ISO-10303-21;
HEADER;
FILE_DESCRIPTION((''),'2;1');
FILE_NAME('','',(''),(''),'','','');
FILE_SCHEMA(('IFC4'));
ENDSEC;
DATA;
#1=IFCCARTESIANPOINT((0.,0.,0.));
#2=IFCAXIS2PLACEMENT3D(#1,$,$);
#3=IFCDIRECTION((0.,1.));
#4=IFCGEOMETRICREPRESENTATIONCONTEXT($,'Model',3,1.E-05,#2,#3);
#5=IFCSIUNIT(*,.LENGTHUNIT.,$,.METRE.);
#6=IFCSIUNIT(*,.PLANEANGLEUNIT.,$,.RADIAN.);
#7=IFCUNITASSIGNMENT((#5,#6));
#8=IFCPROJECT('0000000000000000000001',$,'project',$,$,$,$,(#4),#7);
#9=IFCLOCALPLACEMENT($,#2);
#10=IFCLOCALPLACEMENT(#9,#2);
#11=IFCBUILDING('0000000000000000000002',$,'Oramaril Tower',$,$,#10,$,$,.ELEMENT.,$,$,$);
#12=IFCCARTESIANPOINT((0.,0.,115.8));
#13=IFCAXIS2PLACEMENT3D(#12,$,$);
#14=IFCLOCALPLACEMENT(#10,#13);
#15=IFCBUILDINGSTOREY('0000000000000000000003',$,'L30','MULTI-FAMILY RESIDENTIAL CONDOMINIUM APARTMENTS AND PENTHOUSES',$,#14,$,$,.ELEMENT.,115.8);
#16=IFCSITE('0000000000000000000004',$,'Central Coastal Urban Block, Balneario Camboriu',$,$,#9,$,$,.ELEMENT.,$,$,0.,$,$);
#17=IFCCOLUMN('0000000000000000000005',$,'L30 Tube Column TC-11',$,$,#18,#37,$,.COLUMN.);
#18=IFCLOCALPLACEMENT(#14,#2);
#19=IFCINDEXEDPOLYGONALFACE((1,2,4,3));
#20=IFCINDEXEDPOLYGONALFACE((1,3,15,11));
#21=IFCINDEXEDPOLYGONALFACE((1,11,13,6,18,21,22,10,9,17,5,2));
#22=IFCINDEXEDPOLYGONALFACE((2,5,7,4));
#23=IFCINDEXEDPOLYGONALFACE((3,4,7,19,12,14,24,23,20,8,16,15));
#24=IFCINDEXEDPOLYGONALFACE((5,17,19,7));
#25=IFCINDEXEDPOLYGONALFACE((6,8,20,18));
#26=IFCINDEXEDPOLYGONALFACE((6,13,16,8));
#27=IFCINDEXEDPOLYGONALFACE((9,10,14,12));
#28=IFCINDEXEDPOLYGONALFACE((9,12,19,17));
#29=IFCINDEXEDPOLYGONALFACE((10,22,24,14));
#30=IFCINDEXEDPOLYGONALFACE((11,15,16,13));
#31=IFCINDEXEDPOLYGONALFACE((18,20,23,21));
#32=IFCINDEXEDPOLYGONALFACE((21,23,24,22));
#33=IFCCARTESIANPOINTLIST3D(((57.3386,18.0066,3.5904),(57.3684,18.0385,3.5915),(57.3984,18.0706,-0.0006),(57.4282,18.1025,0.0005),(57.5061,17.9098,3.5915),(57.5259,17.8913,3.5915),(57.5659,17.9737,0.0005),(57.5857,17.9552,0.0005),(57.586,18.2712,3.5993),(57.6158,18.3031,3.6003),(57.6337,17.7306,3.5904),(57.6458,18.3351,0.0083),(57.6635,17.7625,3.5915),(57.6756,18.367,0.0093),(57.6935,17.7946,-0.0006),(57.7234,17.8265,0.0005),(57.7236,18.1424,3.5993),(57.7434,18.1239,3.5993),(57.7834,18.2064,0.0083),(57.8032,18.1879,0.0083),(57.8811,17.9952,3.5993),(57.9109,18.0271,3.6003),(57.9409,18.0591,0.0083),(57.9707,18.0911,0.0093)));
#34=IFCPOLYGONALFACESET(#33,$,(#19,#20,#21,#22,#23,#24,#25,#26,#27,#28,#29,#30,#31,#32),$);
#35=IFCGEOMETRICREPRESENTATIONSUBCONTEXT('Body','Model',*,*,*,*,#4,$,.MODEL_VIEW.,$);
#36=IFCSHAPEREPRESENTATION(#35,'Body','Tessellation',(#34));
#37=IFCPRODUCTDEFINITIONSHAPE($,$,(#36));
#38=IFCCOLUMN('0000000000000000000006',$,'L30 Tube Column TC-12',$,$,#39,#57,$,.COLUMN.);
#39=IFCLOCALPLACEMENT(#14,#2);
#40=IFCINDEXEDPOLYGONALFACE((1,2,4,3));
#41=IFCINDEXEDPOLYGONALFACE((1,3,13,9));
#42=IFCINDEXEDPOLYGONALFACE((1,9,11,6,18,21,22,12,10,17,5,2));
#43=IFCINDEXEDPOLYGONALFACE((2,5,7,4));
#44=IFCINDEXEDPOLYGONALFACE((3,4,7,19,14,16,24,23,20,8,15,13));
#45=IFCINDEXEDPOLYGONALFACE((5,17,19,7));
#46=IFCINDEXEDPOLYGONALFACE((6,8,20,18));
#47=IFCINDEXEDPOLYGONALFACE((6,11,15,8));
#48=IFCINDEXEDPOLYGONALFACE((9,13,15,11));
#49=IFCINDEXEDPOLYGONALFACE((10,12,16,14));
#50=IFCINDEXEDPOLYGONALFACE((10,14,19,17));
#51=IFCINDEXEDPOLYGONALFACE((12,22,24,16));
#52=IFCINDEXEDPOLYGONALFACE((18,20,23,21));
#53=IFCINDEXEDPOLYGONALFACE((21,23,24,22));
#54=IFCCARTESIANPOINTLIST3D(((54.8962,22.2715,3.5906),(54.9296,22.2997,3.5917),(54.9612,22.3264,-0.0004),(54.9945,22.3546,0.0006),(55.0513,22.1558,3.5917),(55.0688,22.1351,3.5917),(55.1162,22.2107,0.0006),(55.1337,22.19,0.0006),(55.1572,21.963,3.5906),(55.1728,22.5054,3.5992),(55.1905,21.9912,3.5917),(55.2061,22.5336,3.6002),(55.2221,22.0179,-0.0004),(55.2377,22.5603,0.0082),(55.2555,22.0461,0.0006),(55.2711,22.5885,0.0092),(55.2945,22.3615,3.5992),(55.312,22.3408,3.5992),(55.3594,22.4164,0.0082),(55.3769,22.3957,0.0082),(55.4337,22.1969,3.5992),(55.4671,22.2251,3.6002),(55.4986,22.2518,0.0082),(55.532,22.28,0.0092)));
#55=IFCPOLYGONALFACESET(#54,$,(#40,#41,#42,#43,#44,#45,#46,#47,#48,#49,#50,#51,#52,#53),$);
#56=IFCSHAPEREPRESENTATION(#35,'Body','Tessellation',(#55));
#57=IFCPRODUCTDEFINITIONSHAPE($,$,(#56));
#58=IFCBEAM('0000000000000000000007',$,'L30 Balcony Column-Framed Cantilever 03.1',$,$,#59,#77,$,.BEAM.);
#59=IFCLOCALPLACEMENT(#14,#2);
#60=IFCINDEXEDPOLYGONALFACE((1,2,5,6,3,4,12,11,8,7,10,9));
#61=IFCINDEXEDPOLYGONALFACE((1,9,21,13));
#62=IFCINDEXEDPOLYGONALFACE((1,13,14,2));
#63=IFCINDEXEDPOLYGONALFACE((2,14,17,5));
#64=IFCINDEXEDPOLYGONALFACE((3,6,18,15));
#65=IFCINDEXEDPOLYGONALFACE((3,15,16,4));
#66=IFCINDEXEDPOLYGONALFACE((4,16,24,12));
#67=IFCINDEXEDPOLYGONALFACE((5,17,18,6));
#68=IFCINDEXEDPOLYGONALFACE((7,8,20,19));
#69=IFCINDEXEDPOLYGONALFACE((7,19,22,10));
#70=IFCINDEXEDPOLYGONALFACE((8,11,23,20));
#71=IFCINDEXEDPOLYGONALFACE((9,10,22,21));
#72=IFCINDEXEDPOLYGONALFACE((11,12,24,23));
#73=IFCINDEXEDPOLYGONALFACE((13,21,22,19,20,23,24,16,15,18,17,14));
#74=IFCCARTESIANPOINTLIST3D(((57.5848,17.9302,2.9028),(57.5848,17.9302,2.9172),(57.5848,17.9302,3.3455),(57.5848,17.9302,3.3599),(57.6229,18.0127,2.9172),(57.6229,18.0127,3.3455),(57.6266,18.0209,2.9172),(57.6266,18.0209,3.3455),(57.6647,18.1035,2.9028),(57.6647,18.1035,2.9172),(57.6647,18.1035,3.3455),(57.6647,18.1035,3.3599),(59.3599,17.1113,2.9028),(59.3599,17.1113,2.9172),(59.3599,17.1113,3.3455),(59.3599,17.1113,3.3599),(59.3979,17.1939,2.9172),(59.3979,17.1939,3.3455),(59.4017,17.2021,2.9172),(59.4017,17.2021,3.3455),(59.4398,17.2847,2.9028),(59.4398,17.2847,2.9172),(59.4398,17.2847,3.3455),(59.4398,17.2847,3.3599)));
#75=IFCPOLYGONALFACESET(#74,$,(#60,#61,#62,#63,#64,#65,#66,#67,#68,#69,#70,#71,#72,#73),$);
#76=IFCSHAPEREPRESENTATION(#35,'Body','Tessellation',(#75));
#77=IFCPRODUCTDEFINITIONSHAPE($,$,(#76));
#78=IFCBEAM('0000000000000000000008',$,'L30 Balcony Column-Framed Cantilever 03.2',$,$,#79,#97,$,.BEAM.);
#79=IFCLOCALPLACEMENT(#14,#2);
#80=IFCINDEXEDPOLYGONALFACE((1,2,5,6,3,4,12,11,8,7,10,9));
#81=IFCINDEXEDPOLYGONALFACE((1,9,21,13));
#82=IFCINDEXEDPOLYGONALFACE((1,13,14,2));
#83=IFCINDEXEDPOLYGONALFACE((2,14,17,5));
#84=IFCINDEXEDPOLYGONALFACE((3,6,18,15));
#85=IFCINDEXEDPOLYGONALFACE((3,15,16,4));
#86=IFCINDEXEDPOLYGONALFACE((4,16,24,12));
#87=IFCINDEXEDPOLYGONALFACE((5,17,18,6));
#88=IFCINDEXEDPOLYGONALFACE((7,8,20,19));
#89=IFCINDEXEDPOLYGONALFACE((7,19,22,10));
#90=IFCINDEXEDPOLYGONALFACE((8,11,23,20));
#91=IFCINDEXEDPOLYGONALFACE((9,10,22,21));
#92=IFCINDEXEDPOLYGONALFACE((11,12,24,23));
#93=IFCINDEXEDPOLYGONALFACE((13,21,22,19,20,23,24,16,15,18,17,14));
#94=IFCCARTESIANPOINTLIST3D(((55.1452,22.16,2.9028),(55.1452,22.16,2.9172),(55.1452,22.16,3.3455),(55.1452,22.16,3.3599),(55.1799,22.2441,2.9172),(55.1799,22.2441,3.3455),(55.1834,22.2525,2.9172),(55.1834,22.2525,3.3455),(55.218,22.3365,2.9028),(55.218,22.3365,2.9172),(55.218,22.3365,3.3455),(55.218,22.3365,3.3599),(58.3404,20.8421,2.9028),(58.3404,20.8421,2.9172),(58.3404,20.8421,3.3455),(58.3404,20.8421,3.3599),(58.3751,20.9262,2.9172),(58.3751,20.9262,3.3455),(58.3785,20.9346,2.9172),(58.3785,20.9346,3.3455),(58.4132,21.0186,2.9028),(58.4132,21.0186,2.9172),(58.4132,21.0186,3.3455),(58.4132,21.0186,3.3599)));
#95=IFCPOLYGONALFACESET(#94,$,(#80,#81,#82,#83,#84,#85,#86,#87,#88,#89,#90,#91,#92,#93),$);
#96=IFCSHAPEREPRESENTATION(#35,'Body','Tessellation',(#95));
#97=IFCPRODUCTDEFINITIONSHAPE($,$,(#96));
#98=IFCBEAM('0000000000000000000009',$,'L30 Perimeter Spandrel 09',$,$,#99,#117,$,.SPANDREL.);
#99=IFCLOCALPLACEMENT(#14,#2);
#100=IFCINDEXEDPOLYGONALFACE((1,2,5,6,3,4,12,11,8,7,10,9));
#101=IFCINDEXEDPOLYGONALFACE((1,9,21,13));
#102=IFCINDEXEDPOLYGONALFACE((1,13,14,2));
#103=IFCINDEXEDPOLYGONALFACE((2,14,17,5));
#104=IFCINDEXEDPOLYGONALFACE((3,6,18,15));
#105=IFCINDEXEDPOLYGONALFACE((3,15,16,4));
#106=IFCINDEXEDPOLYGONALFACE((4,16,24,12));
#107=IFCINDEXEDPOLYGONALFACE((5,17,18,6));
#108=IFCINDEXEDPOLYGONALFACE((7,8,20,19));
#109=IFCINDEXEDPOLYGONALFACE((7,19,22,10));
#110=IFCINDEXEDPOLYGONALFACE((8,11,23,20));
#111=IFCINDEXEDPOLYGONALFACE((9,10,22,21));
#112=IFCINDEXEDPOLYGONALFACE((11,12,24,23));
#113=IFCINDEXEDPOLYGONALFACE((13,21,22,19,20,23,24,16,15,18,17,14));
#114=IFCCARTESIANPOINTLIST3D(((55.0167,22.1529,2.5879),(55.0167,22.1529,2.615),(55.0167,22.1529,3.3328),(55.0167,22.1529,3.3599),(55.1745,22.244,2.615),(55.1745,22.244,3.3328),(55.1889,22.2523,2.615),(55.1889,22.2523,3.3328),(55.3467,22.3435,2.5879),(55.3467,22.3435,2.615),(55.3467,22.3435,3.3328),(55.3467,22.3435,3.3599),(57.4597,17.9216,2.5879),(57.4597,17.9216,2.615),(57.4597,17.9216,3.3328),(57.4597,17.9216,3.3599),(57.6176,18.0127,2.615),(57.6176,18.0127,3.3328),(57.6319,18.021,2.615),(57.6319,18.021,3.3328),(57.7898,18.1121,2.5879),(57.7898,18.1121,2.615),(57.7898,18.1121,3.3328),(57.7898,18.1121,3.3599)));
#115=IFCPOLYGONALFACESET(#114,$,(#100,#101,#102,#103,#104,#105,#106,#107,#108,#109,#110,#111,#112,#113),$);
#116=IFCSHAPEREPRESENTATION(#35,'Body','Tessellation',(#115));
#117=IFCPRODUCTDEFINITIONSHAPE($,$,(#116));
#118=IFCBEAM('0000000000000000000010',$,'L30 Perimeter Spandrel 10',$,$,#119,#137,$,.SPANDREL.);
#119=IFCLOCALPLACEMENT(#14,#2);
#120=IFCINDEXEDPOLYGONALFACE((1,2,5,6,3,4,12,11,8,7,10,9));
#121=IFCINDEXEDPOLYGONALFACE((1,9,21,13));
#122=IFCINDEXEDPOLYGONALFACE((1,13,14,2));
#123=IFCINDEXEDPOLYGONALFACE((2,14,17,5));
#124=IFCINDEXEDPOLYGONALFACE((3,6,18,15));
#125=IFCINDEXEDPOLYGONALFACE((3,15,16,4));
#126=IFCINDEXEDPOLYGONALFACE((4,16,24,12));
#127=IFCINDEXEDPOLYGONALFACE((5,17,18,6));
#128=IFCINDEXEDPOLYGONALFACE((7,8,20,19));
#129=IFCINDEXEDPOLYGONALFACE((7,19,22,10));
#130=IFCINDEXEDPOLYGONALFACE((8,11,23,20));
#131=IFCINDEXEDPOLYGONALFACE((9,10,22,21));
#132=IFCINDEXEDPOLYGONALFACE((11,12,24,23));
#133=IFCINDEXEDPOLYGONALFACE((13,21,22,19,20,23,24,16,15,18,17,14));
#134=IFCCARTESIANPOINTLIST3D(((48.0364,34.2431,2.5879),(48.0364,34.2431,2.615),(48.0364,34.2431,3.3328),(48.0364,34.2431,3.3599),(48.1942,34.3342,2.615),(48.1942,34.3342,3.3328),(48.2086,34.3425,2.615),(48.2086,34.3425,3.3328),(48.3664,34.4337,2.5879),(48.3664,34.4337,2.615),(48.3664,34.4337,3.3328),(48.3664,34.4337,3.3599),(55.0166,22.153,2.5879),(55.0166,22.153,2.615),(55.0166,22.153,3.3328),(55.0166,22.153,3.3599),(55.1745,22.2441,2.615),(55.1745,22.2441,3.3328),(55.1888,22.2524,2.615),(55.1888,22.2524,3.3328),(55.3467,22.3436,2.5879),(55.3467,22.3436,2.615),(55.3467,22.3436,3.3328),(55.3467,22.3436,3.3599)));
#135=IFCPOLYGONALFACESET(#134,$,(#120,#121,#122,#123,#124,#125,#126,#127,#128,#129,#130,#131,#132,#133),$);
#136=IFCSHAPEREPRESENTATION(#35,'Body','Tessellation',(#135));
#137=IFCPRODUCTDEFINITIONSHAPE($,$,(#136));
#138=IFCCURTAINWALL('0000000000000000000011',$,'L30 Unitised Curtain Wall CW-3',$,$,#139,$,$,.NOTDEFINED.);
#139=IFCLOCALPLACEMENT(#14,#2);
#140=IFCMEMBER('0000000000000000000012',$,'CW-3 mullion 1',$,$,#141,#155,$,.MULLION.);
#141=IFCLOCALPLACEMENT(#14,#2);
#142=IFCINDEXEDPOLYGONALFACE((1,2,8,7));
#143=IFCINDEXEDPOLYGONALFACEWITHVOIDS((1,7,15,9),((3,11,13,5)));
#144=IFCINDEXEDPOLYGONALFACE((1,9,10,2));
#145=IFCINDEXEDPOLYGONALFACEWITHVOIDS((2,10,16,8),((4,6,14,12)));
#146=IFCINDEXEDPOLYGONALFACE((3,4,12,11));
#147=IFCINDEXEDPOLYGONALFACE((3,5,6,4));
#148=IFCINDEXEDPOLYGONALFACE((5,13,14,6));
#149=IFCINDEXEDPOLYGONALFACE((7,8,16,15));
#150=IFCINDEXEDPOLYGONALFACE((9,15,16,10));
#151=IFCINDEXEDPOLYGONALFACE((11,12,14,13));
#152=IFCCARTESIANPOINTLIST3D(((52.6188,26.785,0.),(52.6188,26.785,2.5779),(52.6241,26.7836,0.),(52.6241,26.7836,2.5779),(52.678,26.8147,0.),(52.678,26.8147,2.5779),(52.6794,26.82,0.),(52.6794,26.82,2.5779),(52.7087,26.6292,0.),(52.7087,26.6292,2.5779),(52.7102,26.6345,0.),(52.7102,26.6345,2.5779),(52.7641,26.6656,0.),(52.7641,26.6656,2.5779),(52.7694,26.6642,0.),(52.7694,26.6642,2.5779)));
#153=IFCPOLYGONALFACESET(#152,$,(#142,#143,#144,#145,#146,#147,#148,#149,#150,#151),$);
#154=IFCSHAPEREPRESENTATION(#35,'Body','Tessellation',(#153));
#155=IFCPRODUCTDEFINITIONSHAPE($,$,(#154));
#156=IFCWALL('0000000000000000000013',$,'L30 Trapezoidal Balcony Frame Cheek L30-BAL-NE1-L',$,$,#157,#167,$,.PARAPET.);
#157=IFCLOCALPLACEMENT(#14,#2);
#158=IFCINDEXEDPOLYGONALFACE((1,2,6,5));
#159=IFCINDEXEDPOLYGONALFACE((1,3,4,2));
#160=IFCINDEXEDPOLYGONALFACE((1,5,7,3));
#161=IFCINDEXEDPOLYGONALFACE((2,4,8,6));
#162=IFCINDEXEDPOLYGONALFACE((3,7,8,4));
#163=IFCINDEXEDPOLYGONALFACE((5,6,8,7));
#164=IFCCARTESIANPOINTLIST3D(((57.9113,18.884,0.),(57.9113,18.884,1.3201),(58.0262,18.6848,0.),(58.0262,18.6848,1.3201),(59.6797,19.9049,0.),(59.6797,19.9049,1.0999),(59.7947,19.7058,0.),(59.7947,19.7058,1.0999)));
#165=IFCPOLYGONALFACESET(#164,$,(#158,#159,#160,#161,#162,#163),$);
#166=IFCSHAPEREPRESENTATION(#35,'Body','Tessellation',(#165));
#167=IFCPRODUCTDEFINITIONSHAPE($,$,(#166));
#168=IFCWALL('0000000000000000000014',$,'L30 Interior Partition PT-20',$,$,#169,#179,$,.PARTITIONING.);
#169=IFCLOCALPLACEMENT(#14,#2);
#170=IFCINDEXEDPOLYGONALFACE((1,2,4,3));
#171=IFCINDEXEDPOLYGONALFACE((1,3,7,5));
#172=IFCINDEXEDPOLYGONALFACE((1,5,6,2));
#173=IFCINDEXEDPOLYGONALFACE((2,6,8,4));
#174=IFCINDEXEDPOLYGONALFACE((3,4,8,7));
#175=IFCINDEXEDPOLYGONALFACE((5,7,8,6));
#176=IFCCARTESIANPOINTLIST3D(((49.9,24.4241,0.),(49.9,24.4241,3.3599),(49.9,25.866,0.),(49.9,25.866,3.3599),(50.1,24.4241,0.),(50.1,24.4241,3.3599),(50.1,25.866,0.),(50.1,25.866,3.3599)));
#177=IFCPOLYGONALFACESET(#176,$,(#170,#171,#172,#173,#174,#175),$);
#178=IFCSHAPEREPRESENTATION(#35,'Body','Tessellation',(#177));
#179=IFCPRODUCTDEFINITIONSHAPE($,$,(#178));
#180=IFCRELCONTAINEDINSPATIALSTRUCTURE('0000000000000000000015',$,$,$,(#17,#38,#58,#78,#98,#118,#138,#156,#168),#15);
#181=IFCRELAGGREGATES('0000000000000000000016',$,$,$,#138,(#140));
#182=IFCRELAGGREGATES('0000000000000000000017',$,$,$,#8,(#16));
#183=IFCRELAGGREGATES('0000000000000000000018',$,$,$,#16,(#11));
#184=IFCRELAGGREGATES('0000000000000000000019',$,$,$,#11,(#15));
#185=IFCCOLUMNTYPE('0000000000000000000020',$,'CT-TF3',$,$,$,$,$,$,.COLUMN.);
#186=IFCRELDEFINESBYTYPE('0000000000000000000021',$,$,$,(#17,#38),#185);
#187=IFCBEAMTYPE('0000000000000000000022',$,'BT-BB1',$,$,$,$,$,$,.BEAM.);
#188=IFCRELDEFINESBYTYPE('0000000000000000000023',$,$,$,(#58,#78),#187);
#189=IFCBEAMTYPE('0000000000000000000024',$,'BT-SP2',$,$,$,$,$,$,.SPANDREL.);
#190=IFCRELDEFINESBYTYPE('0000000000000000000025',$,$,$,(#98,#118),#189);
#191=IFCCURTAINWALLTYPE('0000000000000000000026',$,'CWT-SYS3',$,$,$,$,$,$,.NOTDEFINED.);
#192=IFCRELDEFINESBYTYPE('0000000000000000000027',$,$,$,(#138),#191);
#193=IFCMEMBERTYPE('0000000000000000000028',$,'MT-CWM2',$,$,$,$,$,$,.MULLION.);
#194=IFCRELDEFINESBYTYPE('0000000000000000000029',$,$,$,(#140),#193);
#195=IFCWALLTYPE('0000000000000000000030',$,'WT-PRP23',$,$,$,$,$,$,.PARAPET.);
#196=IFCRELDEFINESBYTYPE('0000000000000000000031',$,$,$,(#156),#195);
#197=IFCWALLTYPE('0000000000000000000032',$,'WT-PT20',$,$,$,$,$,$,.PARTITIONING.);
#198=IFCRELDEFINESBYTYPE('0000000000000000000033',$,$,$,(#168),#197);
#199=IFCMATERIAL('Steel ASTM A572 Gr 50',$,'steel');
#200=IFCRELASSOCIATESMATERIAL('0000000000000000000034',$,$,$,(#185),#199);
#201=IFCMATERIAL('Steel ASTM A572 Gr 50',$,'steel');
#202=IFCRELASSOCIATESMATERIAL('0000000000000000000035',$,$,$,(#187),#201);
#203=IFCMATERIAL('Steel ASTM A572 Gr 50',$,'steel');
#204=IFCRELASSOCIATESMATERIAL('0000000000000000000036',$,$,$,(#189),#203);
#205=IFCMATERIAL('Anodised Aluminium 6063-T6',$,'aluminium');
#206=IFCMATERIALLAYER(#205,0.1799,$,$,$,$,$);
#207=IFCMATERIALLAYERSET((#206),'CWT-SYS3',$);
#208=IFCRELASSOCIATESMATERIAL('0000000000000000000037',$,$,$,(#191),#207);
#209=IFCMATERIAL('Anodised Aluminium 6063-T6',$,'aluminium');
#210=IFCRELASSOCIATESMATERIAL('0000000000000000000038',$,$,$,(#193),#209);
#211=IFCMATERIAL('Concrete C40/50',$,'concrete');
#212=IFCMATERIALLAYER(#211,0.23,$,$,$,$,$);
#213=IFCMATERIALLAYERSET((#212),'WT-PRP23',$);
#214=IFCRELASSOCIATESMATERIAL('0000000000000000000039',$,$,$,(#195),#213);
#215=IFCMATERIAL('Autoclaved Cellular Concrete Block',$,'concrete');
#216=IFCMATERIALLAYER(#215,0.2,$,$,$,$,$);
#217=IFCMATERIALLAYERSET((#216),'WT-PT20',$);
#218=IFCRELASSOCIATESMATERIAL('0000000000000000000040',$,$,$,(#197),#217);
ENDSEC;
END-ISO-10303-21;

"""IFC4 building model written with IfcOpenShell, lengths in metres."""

from ifc_helpers import new_model, si_unit, direction, frame, frame_2d, origin, origin_2d, place, context, subcontext, project, spatial, polyline, rectangle, hollow_rectangle, i_section, outline, extrude, material, layer, layer_set, material_profile, profile_set, type_object, element, aggregate, save


model = new_model("IFC4")

# Units and contexts
model_context = context("Model", 3, precision=1e-05, world=origin(), true_north=direction((0.0, 1.0)))
body_context = subcontext(model_context, "Body", "Model", "MODEL_VIEW")
ifc_project = project(units=[si_unit("LENGTHUNIT", "METRE"), si_unit("PLANEANGLEUNIT", "RADIAN")], contexts=[model_context])

# Site, building, storey
site_placement = place(None, origin())
site = spatial("IfcSite", under=ifc_project, at=site_placement, Name="Central Coastal Urban Block, Balneario Camboriu", CompositionType="ELEMENT", RefElevation=0.0)
building_placement = place(site_placement, origin())
building = spatial("IfcBuilding", under=site, at=building_placement, Name="Oramaril Tower", CompositionType="ELEMENT")
storey_placement = place(building_placement, frame((0.0, 0.0, 115.8)))
storey = spatial("IfcBuildingStorey", under=building, at=storey_placement, Name="L30", Description="MULTI-FAMILY RESIDENTIAL CONDOMINIUM APARTMENTS AND PENTHOUSES", CompositionType="ELEMENT", Elevation=115.8)

# Columns
ifc_material_1 = material(Name="Steel ASTM A572 Gr 50", Category="steel")
ifc_material_profile_1 = material_profile(ifc_material_1, i_section(OverallWidth=0.4041, OverallDepth=0.406, WebThickness=0.0271, FlangeThickness=0.0437, at=origin_2d()), Name="W14X233")
ifc_profile_set_1 = profile_set([ifc_material_profile_1], Name="Steel ASTM A572 Gr 50")
column_type = type_object("IfcColumnType", Name="CT-TF3", PredefinedType="COLUMN", material=ifc_profile_set_1)
for number, where, z_axis, x_axis, name in (
    (1, (57.6846, 18.0808, 0.0044), (-0.016652, -0.017807, 0.999703), (0.730406, -0.683013, 0.0), "L30 Tube Column TC-11"),
    (2, (55.2466, 22.3032, 0.0044), (-0.018079, -0.015292, 0.99972), (0.645814, -0.763495, 0.0), "L30 Tube Column TC-12"),
):
    element("IfcColumn", number, at=place(storey_placement, frame(where, z_axis=z_axis, x_axis=x_axis)), inside=storey, type_object=column_type, Name=name, PredefinedType="COLUMN", context=body_context, shape_type="SweptSolid", body=[
        extrude(i_section(OverallWidth=0.4041, OverallDepth=0.406, WebThickness=0.0271, FlangeThickness=0.0437, at=origin_2d()), origin(), (0.0, 0.0, 1.0), 3.592),
    ])

# Beams
ifc_material_2 = material(Name="Steel ASTM A572 Gr 50", Category="steel")
ifc_material_profile_2 = material_profile(ifc_material_2, i_section(OverallWidth=0.1909, OverallDepth=0.457, WebThickness=0.009, FlangeThickness=0.0144, at=origin_2d()), Name="W18X50")
ifc_profile_set_2 = profile_set([ifc_material_profile_2], Name="Steel ASTM A572 Gr 50")
beam_type_1 = type_object("IfcBeamType", Name="BT-BB1", PredefinedType="BEAM", material=ifc_profile_set_2)
beam_1_placement = place(storey_placement, frame((57.6248, 18.0168, 3.1313), z_axis=(0.908047, -0.418868, 0.0), x_axis=(0.418868, 0.908047, 0.0)))
element("IfcBeam", 3, at=beam_1_placement, inside=storey, type_object=beam_type_1, Name="L30 Balcony Column-Framed Cantilever 03.1", PredefinedType="BEAM", context=body_context, shape_type="SweptSolid", body=[
    extrude(i_section(OverallWidth=0.1909, OverallDepth=0.457, WebThickness=0.009, FlangeThickness=0.0144, at=origin_2d()), origin(), (0.0, 0.0, 1.0), 1.9548),
])
beam_2_placement = place(storey_placement, frame((55.1816, 22.2483, 3.1313), z_axis=(0.924448, -0.381308, 0.0), x_axis=(0.381308, 0.924448, 0.0)))
element("IfcBeam", 4, at=beam_2_placement, inside=storey, type_object=beam_type_1, Name="L30 Balcony Column-Framed Cantilever 03.2", PredefinedType="BEAM", context=body_context, shape_type="SweptSolid", body=[
    extrude(i_section(OverallWidth=0.1909, OverallDepth=0.457, WebThickness=0.009, FlangeThickness=0.0144, at=origin_2d()), origin(), (0.0, 0.0, 1.0), 3.4563),
])
ifc_material_3 = material(Name="Steel ASTM A572 Gr 50", Category="steel")
ifc_material_profile_3 = material_profile(ifc_material_3, i_section(OverallWidth=0.3811, OverallDepth=0.772, WebThickness=0.0166, FlangeThickness=0.0271, at=origin_2d()), Name="W30X173")
ifc_profile_set_3 = profile_set([ifc_material_profile_3], Name="Steel ASTM A572 Gr 50")
beam_type_2 = type_object("IfcBeamType", Name="BT-SP2", PredefinedType="SPANDREL", material=ifc_profile_set_3)
beam_3_placement = place(storey_placement, frame((57.6248, 18.0168, 2.9739), z_axis=(-0.500014, 0.866018, 0.0), x_axis=(-0.866018, -0.500014, 0.0)))
element("IfcBeam", 5, at=beam_3_placement, inside=storey, type_object=beam_type_2, Name="L30 Perimeter Spandrel 09", PredefinedType="SPANDREL", context=body_context, shape_type="SweptSolid", body=[
    extrude(i_section(OverallWidth=0.3811, OverallDepth=0.772, WebThickness=0.0166, FlangeThickness=0.0271, at=origin_2d()), origin(), (0.0, 0.0, 1.0), 4.886),
])
beam_4_placement = place(storey_placement, frame((55.1816, 22.2483, 2.9739), z_axis=(-0.5, 0.866025, 0.0), x_axis=(-0.866025, -0.5, 0.0)))
element("IfcBeam", 6, at=beam_4_placement, inside=storey, type_object=beam_type_2, Name="L30 Perimeter Spandrel 10", PredefinedType="SPANDREL", context=body_context, shape_type="SweptSolid", body=[
    extrude(i_section(OverallWidth=0.3811, OverallDepth=0.772, WebThickness=0.0166, FlangeThickness=0.0271, at=origin_2d()), origin(), (0.0, 0.0, 1.0), 13.9604),
])

# Curtain wall, member
ifc_material_4 = material(Name="Anodised Aluminium 6063-T6", Category="aluminium")
ifc_layer_1 = layer(ifc_material_4, 0.1799)
ifc_layer_set_1 = layer_set([ifc_layer_1], Name="CWT-SYS3")
curtain_wall_type = type_object("IfcCurtainWallType", Name="CWT-SYS3", PredefinedType="NOTDEFINED", material=ifc_layer_set_1)
curtain_wall_placement = place(storey_placement, origin())
curtain_wall = element("IfcCurtainWall", 7, at=curtain_wall_placement, inside=storey, type_object=curtain_wall_type, Name="L30 Unitised Curtain Wall CW-3", PredefinedType="NOTDEFINED")
ifc_material_5 = material(Name="Anodised Aluminium 6063-T6", Category="aluminium")
ifc_material_profile_4 = material_profile(ifc_material_5, hollow_rectangle(XDim=0.0701, YDim=0.1799, WallThickness=0.0039, at=origin_2d()), Name="CWM180X70")
ifc_profile_set_4 = profile_set([ifc_material_profile_4], Name="Anodised Aluminium 6063-T6")
member_type = type_object("IfcMemberType", Name="MT-CWM2", PredefinedType="MULLION", material=ifc_profile_set_4)
member_placement = place(storey_placement, frame((52.6941, 26.7246, 0.0), z_axis=(0.0, 0.0, 1.0), x_axis=(-0.866025, -0.5, 0.0)))
member = element("IfcMember", 8, at=member_placement, type_object=member_type, Name="CW-3 mullion 1", PredefinedType="MULLION", context=body_context, shape_type="SweptSolid", body=[
    extrude(hollow_rectangle(XDim=0.0701, YDim=0.1799, WallThickness=0.0039, at=origin_2d()), origin(), (0.0, 0.0, 1.0), 2.5779),
])
aggregate(curtain_wall, [member])

# Wall
ifc_material_6 = material(Name="Concrete C40/50", Category="concrete")
ifc_layer_2 = layer(ifc_material_6, 0.23)
ifc_layer_set_2 = layer_set([ifc_layer_2], Name="WT-PRP23")
wall_type_1 = type_object("IfcWallType", Name="WT-PRP23", PredefinedType="PARAPET", material=ifc_layer_set_2)
wall_1_placement = place(storey_placement, frame((57.9688, 18.7844, 0.0), z_axis=(0.0, 0.0, 1.0), x_axis=(0.866042, 0.499971, 0.0)))
element("IfcWall", 9, at=wall_1_placement, inside=storey, type_object=wall_type_1, Name="L30 Trapezoidal Balcony Frame Cheek L30-BAL-NE1-L", PredefinedType="PARAPET", context=body_context, shape_type="SweptSolid", body=[
    extrude(outline(polyline([(0.0, 0.0), (2.042, 0.0), (2.042, 1.0999), (0.0, 1.3201), (0.0, 0.0)])), frame((0.0, 0.115, 0.0), z_axis=(0.0, -1.0, 0.0), x_axis=(1.0, 0.0, 0.0)), (0.0, 0.0, 1.0), 0.23),
])

# Shared definitions
ifc_material_7 = material(Name="Autoclaved Cellular Concrete Block", Category="concrete")
ifc_layer_3 = layer(ifc_material_7, 0.2)
ifc_layer_set_3 = layer_set([ifc_layer_3], Name="WT-PT20")
wall_type_2 = type_object("IfcWallType", Name="WT-PT20", PredefinedType="PARTITIONING", material=ifc_layer_set_3)

# Wall
wall_2_placement = place(storey_placement, frame((50.0, 24.4241, 0.0), z_axis=(0.0, 0.0, 1.0), x_axis=(0.0, 1.0, 0.0)))
element("IfcWall", 10, at=wall_2_placement, inside=storey, type_object=wall_type_2, Name="L30 Interior Partition PT-20", PredefinedType="PARTITIONING", context=body_context, shape_type="SweptSolid", body=[
    extrude(rectangle(XDim=1.4419, YDim=0.2, at=frame_2d((0.7209, 0.0))), origin(), (0.0, 0.0, 1.0), 3.3599),
])

save(model, "model.ifc")
